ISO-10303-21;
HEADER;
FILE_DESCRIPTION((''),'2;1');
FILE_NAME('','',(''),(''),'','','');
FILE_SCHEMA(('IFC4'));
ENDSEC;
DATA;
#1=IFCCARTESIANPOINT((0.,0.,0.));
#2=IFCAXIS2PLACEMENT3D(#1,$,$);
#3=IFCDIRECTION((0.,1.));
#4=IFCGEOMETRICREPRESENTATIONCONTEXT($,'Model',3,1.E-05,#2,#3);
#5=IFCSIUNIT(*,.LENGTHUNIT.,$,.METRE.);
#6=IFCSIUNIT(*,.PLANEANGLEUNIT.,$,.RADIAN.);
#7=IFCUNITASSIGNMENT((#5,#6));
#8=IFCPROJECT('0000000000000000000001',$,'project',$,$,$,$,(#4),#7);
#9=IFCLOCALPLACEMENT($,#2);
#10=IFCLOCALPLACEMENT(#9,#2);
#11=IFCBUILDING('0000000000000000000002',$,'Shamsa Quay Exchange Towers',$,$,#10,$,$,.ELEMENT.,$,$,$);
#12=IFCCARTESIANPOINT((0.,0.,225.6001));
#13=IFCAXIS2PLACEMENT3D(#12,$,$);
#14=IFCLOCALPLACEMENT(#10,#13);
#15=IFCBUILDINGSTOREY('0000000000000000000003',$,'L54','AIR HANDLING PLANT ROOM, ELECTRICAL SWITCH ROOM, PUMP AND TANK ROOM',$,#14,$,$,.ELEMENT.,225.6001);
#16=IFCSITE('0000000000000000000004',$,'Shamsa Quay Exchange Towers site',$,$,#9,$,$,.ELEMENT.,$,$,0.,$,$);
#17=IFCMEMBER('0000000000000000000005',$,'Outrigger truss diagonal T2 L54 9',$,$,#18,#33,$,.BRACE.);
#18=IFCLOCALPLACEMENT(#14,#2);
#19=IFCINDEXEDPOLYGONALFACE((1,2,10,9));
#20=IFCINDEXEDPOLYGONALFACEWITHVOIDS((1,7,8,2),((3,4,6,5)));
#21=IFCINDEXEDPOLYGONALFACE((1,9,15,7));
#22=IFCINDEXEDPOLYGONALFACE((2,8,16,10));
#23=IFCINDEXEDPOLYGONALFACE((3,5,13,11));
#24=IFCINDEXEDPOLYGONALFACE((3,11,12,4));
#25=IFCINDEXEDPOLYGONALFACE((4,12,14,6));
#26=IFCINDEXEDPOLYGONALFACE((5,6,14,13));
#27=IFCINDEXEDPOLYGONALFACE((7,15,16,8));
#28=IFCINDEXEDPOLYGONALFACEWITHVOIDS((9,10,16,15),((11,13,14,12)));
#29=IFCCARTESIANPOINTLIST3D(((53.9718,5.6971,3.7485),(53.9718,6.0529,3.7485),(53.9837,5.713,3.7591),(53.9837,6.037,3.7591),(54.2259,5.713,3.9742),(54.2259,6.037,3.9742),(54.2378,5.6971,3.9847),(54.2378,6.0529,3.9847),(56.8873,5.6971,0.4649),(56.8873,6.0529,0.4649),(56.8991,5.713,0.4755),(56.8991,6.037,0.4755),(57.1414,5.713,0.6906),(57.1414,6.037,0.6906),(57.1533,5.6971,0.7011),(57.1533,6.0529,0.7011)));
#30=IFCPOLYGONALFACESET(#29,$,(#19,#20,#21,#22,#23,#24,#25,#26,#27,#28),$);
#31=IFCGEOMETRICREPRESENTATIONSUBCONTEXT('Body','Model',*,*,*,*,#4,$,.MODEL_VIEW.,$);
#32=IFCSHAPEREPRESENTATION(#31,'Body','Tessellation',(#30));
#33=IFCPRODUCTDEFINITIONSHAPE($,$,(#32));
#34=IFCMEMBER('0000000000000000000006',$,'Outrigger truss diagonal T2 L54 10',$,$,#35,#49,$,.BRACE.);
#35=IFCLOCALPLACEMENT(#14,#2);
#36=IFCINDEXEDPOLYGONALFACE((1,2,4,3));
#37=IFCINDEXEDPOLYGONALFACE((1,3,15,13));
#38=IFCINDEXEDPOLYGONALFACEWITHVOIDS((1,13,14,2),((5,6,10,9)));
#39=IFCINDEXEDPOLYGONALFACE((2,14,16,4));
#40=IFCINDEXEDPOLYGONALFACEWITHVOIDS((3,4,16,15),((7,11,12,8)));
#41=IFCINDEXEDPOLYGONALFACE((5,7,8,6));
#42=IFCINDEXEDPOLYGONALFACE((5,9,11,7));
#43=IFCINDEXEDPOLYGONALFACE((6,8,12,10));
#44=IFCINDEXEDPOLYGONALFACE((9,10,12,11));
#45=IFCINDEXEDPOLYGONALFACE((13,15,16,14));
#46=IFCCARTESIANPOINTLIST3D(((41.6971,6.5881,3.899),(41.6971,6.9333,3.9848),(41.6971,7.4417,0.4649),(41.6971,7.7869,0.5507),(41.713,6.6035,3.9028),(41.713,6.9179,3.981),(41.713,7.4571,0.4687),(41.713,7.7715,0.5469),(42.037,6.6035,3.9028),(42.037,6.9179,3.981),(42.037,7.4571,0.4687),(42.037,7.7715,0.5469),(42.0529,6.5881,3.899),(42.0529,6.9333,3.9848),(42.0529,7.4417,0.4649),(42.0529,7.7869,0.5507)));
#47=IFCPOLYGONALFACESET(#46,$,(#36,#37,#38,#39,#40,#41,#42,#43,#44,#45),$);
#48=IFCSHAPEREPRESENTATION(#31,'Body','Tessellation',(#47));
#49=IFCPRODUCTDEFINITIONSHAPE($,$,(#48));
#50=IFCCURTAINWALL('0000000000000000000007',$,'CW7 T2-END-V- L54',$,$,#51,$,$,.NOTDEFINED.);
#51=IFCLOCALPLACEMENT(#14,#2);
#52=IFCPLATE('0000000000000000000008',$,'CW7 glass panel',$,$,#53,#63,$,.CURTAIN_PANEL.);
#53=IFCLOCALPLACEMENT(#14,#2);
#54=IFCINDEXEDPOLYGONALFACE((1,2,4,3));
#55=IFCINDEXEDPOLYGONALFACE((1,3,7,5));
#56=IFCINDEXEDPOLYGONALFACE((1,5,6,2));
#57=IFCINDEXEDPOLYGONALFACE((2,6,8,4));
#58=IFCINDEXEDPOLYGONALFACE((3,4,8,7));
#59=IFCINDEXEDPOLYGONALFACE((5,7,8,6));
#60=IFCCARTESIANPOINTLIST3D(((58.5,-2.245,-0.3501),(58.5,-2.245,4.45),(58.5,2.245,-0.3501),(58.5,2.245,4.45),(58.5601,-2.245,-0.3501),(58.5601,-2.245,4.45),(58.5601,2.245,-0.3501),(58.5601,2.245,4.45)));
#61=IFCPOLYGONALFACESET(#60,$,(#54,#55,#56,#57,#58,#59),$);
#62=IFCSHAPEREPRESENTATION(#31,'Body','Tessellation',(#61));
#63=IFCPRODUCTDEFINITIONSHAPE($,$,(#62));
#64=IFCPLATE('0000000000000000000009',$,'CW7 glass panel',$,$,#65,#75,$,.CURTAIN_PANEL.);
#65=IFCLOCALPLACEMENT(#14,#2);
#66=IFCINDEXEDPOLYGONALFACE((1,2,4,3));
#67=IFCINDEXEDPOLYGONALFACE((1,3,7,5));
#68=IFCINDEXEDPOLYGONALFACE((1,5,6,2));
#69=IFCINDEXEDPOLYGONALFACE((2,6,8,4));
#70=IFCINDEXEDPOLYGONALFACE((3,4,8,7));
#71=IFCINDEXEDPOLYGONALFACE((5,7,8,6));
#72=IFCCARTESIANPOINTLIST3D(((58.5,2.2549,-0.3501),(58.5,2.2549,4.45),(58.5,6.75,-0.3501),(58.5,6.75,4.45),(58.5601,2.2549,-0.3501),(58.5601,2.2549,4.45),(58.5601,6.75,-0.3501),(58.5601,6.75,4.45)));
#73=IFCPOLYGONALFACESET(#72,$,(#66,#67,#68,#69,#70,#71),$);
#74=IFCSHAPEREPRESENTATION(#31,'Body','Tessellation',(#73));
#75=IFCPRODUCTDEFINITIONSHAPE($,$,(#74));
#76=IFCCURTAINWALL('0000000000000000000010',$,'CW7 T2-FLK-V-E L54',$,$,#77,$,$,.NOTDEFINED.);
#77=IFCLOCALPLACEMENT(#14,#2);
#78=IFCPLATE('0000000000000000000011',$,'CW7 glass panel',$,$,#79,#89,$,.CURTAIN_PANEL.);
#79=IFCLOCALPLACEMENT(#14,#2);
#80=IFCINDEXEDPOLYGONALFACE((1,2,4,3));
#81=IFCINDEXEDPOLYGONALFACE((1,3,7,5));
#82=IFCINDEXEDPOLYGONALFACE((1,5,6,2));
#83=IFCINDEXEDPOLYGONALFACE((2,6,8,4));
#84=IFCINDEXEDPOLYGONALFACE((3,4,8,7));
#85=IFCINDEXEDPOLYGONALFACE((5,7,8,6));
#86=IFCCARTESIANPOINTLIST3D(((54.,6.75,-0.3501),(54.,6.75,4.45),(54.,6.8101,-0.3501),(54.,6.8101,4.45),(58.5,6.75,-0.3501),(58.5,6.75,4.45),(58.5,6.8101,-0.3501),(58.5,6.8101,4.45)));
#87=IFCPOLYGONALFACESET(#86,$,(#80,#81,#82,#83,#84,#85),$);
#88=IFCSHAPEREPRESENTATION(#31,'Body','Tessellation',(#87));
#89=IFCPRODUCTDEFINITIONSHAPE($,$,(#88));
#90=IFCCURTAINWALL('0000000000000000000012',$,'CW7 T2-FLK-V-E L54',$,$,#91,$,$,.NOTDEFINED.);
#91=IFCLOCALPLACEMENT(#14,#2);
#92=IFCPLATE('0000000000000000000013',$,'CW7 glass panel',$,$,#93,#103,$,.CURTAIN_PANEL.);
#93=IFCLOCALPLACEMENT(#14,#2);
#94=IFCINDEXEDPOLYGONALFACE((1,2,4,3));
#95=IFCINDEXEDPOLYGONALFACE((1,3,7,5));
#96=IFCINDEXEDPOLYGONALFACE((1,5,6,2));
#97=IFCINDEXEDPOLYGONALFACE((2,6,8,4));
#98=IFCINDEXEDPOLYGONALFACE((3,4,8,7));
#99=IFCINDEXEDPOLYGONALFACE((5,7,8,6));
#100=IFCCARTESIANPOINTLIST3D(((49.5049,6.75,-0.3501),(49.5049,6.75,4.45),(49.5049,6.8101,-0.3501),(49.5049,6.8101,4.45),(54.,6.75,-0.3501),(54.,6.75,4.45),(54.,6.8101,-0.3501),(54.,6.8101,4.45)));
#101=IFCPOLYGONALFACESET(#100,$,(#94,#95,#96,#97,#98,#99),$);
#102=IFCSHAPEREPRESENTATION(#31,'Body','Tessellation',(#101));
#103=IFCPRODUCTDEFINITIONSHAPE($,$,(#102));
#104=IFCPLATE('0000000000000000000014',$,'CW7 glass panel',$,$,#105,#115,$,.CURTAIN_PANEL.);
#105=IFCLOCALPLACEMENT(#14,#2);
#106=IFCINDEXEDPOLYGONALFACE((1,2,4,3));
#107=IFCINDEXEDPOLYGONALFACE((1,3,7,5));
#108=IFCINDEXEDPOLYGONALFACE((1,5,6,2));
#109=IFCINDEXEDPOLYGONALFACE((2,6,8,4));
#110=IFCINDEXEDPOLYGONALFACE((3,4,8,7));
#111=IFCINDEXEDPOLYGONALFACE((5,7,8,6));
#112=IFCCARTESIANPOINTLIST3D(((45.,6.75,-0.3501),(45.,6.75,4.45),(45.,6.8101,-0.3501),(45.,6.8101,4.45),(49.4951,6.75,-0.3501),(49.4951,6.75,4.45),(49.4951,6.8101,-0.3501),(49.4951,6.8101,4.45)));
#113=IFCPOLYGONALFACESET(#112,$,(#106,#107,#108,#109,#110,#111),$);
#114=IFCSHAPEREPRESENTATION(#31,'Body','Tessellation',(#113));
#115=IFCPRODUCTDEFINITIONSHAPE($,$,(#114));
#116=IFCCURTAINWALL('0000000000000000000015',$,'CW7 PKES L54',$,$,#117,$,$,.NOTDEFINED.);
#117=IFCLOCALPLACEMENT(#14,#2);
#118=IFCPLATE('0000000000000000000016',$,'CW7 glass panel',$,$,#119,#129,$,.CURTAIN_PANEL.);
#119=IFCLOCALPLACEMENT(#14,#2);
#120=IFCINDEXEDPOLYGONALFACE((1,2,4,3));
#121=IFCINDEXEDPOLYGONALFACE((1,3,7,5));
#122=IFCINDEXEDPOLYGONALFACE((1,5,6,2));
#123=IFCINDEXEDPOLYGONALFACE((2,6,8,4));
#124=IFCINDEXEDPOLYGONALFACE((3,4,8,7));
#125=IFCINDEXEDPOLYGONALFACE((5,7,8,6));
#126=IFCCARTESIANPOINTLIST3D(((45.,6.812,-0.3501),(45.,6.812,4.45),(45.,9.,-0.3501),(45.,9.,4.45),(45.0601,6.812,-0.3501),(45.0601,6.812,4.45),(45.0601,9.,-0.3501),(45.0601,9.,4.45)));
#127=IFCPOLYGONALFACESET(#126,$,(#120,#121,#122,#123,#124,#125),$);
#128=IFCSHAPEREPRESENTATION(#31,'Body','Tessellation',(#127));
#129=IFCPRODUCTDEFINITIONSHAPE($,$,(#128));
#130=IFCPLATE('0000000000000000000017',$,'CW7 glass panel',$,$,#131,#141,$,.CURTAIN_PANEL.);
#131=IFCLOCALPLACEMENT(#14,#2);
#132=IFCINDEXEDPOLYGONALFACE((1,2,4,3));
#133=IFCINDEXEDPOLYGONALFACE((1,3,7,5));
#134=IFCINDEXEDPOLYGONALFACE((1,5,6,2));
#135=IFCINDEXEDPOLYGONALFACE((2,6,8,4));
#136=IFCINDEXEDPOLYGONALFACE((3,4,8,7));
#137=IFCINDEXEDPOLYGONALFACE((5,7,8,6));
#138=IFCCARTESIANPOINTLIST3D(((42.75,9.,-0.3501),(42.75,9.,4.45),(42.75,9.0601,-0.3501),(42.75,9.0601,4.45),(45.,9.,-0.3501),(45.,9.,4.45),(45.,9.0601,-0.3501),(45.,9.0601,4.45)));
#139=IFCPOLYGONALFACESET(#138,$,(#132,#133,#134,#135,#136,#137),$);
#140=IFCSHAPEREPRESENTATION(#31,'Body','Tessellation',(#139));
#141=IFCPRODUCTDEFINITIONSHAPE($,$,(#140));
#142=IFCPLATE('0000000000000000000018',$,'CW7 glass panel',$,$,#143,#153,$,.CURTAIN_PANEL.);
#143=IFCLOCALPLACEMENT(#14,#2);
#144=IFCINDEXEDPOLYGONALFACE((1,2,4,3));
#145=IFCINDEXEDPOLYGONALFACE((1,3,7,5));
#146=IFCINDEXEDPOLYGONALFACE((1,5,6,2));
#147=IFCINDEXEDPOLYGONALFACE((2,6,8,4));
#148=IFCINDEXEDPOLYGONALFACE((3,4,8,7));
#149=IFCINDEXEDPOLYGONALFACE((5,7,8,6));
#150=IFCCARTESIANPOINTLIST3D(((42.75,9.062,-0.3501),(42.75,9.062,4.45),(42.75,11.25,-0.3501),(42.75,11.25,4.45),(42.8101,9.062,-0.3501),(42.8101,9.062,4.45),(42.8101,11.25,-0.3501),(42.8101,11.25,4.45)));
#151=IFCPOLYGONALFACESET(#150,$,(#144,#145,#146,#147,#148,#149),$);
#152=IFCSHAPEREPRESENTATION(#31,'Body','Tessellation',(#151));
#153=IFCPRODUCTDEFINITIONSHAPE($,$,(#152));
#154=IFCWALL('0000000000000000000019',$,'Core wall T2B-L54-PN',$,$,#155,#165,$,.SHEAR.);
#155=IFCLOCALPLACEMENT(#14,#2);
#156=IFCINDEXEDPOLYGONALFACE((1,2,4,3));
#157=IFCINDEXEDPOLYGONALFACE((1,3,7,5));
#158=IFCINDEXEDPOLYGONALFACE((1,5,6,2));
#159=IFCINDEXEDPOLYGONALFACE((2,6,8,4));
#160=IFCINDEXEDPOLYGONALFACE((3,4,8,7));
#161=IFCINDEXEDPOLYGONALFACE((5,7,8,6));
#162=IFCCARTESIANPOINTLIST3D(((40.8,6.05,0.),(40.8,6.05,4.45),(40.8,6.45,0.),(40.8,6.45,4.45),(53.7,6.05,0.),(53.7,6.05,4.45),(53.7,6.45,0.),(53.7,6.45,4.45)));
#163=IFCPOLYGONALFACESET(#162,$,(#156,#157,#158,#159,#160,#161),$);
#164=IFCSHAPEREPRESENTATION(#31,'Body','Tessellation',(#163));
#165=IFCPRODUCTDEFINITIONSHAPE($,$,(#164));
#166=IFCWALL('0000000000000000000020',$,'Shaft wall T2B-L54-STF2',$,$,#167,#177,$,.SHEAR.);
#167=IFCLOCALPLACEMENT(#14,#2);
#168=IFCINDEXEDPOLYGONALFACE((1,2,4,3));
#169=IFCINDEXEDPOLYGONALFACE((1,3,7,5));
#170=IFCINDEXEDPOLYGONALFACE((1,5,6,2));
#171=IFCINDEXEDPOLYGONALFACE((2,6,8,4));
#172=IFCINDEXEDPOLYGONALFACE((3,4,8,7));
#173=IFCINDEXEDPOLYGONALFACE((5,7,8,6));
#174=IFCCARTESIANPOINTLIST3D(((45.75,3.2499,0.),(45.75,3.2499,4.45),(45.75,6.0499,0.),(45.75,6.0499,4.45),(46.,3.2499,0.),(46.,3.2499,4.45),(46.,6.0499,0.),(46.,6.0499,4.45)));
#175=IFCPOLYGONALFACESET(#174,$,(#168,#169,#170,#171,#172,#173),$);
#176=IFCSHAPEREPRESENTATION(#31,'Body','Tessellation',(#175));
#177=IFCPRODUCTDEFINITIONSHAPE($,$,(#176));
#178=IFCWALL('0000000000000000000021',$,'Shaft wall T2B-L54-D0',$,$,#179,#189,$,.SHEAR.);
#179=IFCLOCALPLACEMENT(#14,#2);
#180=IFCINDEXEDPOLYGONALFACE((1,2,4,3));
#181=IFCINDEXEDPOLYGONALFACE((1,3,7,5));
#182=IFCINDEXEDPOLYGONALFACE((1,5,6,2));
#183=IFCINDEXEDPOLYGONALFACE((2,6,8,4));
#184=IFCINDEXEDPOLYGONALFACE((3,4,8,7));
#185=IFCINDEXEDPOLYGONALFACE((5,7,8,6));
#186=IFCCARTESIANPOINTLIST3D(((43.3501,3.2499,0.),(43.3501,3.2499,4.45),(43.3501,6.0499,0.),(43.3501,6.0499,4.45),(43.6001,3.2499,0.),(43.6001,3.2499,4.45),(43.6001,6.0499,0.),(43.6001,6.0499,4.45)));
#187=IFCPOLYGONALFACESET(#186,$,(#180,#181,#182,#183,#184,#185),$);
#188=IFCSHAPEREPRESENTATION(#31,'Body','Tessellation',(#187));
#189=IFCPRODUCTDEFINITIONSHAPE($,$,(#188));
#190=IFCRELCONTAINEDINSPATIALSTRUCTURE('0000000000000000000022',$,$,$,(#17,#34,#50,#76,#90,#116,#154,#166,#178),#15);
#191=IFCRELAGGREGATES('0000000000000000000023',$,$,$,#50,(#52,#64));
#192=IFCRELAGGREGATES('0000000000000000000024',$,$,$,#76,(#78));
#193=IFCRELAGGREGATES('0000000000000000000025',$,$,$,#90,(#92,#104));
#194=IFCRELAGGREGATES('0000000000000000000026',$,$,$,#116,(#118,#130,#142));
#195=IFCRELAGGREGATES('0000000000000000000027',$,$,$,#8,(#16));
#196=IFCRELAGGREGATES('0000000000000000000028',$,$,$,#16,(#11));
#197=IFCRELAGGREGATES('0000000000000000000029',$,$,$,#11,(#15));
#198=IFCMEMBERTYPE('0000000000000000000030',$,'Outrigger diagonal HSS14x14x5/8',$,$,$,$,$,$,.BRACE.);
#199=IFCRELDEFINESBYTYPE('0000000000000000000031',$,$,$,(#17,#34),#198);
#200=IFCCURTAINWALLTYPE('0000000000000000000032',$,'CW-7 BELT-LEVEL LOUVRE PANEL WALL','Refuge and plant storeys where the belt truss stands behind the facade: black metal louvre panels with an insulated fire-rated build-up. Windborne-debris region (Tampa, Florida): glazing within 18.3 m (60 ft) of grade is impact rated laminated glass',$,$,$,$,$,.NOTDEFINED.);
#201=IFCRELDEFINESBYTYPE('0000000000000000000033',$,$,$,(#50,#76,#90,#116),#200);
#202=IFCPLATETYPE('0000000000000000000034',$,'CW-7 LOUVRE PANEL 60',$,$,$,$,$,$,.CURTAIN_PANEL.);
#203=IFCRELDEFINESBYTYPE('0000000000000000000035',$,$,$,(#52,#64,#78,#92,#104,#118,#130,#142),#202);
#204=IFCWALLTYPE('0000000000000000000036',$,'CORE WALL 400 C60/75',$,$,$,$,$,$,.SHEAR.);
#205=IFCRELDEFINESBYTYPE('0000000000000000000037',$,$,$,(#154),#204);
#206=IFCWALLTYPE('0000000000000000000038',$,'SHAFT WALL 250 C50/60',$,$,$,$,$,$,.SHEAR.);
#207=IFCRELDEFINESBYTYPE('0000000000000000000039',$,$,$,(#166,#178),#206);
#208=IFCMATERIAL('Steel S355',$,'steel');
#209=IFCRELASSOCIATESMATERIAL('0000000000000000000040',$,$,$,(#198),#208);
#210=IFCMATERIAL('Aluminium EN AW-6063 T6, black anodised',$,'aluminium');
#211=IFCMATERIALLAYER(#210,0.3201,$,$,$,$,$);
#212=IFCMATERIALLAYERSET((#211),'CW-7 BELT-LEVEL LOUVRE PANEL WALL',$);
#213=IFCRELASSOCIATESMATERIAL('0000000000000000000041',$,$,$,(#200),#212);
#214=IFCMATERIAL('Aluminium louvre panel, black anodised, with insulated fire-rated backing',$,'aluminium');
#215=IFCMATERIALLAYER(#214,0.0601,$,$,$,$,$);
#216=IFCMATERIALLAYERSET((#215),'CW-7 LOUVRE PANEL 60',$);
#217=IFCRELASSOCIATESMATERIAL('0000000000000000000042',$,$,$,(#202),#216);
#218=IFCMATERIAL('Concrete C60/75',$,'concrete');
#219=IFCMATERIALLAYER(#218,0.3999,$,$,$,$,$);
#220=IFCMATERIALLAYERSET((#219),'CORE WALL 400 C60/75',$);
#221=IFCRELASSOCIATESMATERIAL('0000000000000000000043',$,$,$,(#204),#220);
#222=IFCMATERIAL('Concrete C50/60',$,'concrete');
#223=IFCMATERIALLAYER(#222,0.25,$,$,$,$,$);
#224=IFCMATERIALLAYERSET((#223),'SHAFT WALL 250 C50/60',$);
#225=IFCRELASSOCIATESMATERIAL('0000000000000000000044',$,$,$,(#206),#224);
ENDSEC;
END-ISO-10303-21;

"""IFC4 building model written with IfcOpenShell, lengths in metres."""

from ifc_helpers import new_model, si_unit, direction, frame, frame_2d, origin, origin_2d, place, context, subcontext, project, spatial, rectangle, hollow_rectangle, extrude, material, layer, layer_set, material_profile, profile_set, type_object, element, aggregate, save


model = new_model("IFC4")

# Units and contexts
model_context = context("Model", 3, precision=1e-05, world=origin(), true_north=direction((0.0, 1.0)))
body_context = subcontext(model_context, "Body", "Model", "MODEL_VIEW")
ifc_project = project(units=[si_unit("LENGTHUNIT", "METRE"), si_unit("PLANEANGLEUNIT", "RADIAN")], contexts=[model_context])

# Site, building, storey
site_placement = place(None, origin())
site = spatial("IfcSite", under=ifc_project, at=site_placement, Name="Shamsa Quay Exchange Towers site", CompositionType="ELEMENT", RefElevation=0.0)
building_placement = place(site_placement, origin())
building = spatial("IfcBuilding", under=site, at=building_placement, Name="Shamsa Quay Exchange Towers", CompositionType="ELEMENT")
storey_placement = place(building_placement, frame((0.0, 0.0, 225.6001)))
storey = spatial("IfcBuildingStorey", under=building, at=storey_placement, Name="L54", Description="AIR HANDLING PLANT ROOM, ELECTRICAL SWITCH ROOM, PUMP AND TANK ROOM", CompositionType="ELEMENT", Elevation=225.6001)

# Members
ifc_material_1 = material(Name="Steel S355", Category="steel")
ifc_material_profile_1 = material_profile(ifc_material_1, hollow_rectangle(XDim=0.3557, YDim=0.3557, WallThickness=0.0159, at=origin_2d()), Name="HSS14x14x5/8")
ifc_profile_set_1 = profile_set([ifc_material_profile_1], Name="Steel S355")
member_type_1 = type_object("IfcMemberType", Name="Outrigger diagonal HSS14x14x5/8", PredefinedType="BRACE", material=ifc_profile_set_1)
member_1_placement = place(storey_placement, frame((57.0203, 5.875, 0.583), z_axis=(-0.663943, 0.0, 0.747783), x_axis=(0.0, -1.0, 0.0)))
element("IfcMember", 1, at=member_1_placement, inside=storey, type_object=member_type_1, Name="Outrigger truss diagonal T2 L54 9", PredefinedType="BRACE", context=body_context, shape_type="SweptSolid", body=[
    extrude(hollow_rectangle(XDim=0.3557, YDim=0.3557, WallThickness=0.0159, at=origin_2d()), origin(), (0.0, 0.0, 1.0), 4.3911),
])
member_2_placement = place(storey_placement, frame((41.875, 7.6143, 0.5078), z_axis=(0.0, -0.241204, 0.970474), x_axis=(1.0, 0.0, 0.0)))
element("IfcMember", 2, at=member_2_placement, inside=storey, type_object=member_type_1, Name="Outrigger truss diagonal T2 L54 10", PredefinedType="BRACE", context=body_context, shape_type="SweptSolid", body=[
    extrude(hollow_rectangle(XDim=0.3557, YDim=0.3557, WallThickness=0.0159, at=origin_2d()), origin(), (0.0, 0.0, 1.0), 3.5386),
])

# Curtain wall, plates
ifc_material_2 = material(Name="Aluminium EN AW-6063 T6, black anodised", Category="aluminium")
ifc_layer_1 = layer(ifc_material_2, 0.3201)
ifc_layer_set_1 = layer_set([ifc_layer_1], Name="CW-7 BELT-LEVEL LOUVRE PANEL WALL")
curtain_wall_type = type_object("IfcCurtainWallType", Name="CW-7 BELT-LEVEL LOUVRE PANEL WALL", Description="Refuge and plant storeys where the belt truss stands behind the facade: black metal louvre panels with an insulated fire-rated build-up. Windborne-debris region (Tampa, Florida): glazing within 18.3 m (60 ft) of grade is impact rated laminated glass", PredefinedType="NOTDEFINED", material=ifc_layer_set_1)
curtain_wall_1_placement = place(storey_placement, origin())
curtain_wall_1 = element("IfcCurtainWall", 3, at=curtain_wall_1_placement, inside=storey, type_object=curtain_wall_type, Name="CW7 T2-END-V- L54", PredefinedType="NOTDEFINED")
ifc_material_3 = material(Name="Aluminium louvre panel, black anodised, with insulated fire-rated backing", Category="aluminium")
ifc_layer_2 = layer(ifc_material_3, 0.0601)
ifc_layer_set_2 = layer_set([ifc_layer_2], Name="CW-7 LOUVRE PANEL 60")
plate_type = type_object("IfcPlateType", Name="CW-7 LOUVRE PANEL 60", PredefinedType="CURTAIN_PANEL", material=ifc_layer_set_2)
plate_1_placement = place(storey_placement, frame((58.53, 0.0, -0.3501), z_axis=(0.0, 0.0, 1.0), x_axis=(0.0, 1.0, 0.0)))
plate_1 = element("IfcPlate", 4, at=plate_1_placement, type_object=plate_type, Name="CW7 glass panel", PredefinedType="CURTAIN_PANEL", context=body_context, shape_type="SweptSolid", body=[
    extrude(rectangle(XDim=4.49, YDim=0.0601, at=origin_2d()), origin(), (0.0, 0.0, 1.0), 4.8),
])
plate_2_placement = place(storey_placement, frame((58.53, 4.5024, -0.3501), z_axis=(0.0, 0.0, 1.0), x_axis=(0.0, 1.0, 0.0)))
plate_2 = element("IfcPlate", 5, at=plate_2_placement, type_object=plate_type, Name="CW7 glass panel", PredefinedType="CURTAIN_PANEL", context=body_context, shape_type="SweptSolid", body=[
    extrude(rectangle(XDim=4.4951, YDim=0.0601, at=origin_2d()), origin(), (0.0, 0.0, 1.0), 4.8),
])
aggregate(curtain_wall_1, [plate_1, plate_2])

# Curtain wall, plate
curtain_wall_2_placement = place(storey_placement, origin())
curtain_wall_2 = element("IfcCurtainWall", 6, at=curtain_wall_2_placement, inside=storey, type_object=curtain_wall_type, Name="CW7 T2-FLK-V-E L54", PredefinedType="NOTDEFINED")
plate_3_placement = place(storey_placement, frame((56.25, 6.78, -0.3501), z_axis=(0.0, 0.0, 1.0), x_axis=(-1.0, 0.0, 0.0)))
plate_3 = element("IfcPlate", 7, at=plate_3_placement, type_object=plate_type, Name="CW7 glass panel", PredefinedType="CURTAIN_PANEL", context=body_context, shape_type="SweptSolid", body=[
    extrude(rectangle(XDim=4.5, YDim=0.0601, at=origin_2d()), origin(), (0.0, 0.0, 1.0), 4.8),
])
aggregate(curtain_wall_2, [plate_3])

# Curtain walls, plates
curtain_wall_3_placement = place(storey_placement, origin())
curtain_wall_3 = element("IfcCurtainWall", 8, at=curtain_wall_3_placement, inside=storey, type_object=curtain_wall_type, Name="CW7 T2-FLK-V-E L54", PredefinedType="NOTDEFINED")
plate_4_placement = place(storey_placement, frame((51.7524, 6.78, -0.3501), z_axis=(0.0, 0.0, 1.0), x_axis=(-1.0, 0.0, 0.0)))
plate_4 = element("IfcPlate", 9, at=plate_4_placement, type_object=plate_type, Name="CW7 glass panel", PredefinedType="CURTAIN_PANEL", context=body_context, shape_type="SweptSolid", body=[
    extrude(rectangle(XDim=4.4951, YDim=0.0601, at=origin_2d()), origin(), (0.0, 0.0, 1.0), 4.8),
])
plate_5_placement = place(storey_placement, frame((47.2476, 6.78, -0.3501), z_axis=(0.0, 0.0, 1.0), x_axis=(-1.0, 0.0, 0.0)))
plate_5 = element("IfcPlate", 10, at=plate_5_placement, type_object=plate_type, Name="CW7 glass panel", PredefinedType="CURTAIN_PANEL", context=body_context, shape_type="SweptSolid", body=[
    extrude(rectangle(XDim=4.4951, YDim=0.0601, at=origin_2d()), origin(), (0.0, 0.0, 1.0), 4.8),
])
aggregate(curtain_wall_3, [plate_4, plate_5])
curtain_wall_4_placement = place(storey_placement, origin())
curtain_wall_4 = element("IfcCurtainWall", 11, at=curtain_wall_4_placement, inside=storey, type_object=curtain_wall_type, Name="CW7 PKES L54", PredefinedType="NOTDEFINED")
plate_6_placement = place(storey_placement, frame((45.03, 7.906, -0.3501), z_axis=(0.0, 0.0, 1.0), x_axis=(0.0, 1.0, 0.0)))
plate_6 = element("IfcPlate", 12, at=plate_6_placement, type_object=plate_type, Name="CW7 glass panel", PredefinedType="CURTAIN_PANEL", context=body_context, shape_type="SweptSolid", body=[
    extrude(rectangle(XDim=2.188, YDim=0.0601, at=origin_2d()), origin(), (0.0, 0.0, 1.0), 4.8),
])
plate_7_placement = place(storey_placement, frame((43.875, 9.03, -0.3501), z_axis=(0.0, 0.0, 1.0), x_axis=(-1.0, 0.0, 0.0)))
plate_7 = element("IfcPlate", 13, at=plate_7_placement, type_object=plate_type, Name="CW7 glass panel", PredefinedType="CURTAIN_PANEL", context=body_context, shape_type="SweptSolid", body=[
    extrude(rectangle(XDim=2.25, YDim=0.0601, at=origin_2d()), origin(), (0.0, 0.0, 1.0), 4.8),
])
plate_8_placement = place(storey_placement, frame((42.78, 10.156, -0.3501), z_axis=(0.0, 0.0, 1.0), x_axis=(0.0, 1.0, 0.0)))
plate_8 = element("IfcPlate", 14, at=plate_8_placement, type_object=plate_type, Name="CW7 glass panel", PredefinedType="CURTAIN_PANEL", context=body_context, shape_type="SweptSolid", body=[
    extrude(rectangle(XDim=2.188, YDim=0.0601, at=origin_2d()), origin(), (0.0, 0.0, 1.0), 4.8),
])
aggregate(curtain_wall_4, [plate_6, plate_7, plate_8])

# Walls
ifc_material_4 = material(Name="Concrete C60/75", Category="concrete")
ifc_layer_3 = layer(ifc_material_4, 0.3999)
ifc_layer_set_3 = layer_set([ifc_layer_3], Name="CORE WALL 400 C60/75")
wall_type_1 = type_object("IfcWallType", Name="CORE WALL 400 C60/75", PredefinedType="SHEAR", material=ifc_layer_set_3)
wall_1_placement = place(storey_placement, frame((53.7, 6.25, 0.0), z_axis=(0.0, 0.0, 1.0), x_axis=(-1.0, 0.0, 0.0)))
element("IfcWall", 15, at=wall_1_placement, inside=storey, type_object=wall_type_1, Name="Core wall T2B-L54-PN", PredefinedType="SHEAR", context=body_context, shape_type="SweptSolid", body=[
    extrude(rectangle(XDim=12.8999, YDim=0.3999, at=frame_2d((6.45, 0.0))), origin(), (0.0, 0.0, 1.0), 4.45),
])
ifc_material_5 = material(Name="Concrete C50/60", Category="concrete")
ifc_layer_4 = layer(ifc_material_5, 0.25)
ifc_layer_set_4 = layer_set([ifc_layer_4], Name="SHAFT WALL 250 C50/60")
wall_type_2 = type_object("IfcWallType", Name="SHAFT WALL 250 C50/60", PredefinedType="SHEAR", material=ifc_layer_set_4)
for number, where, z_axis, x_axis, name in (
    (16, (45.875, 3.25, 0.0), (0.0, 0.0, 1.0), (0.0, 1.0, 0.0), "Shaft wall T2B-L54-STF2"),
    (17, (43.4751, 3.25, 0.0), (0.0, 0.0, 1.0), (0.0, 1.0, 0.0), "Shaft wall T2B-L54-D0"),
):
    element("IfcWall", number, at=place(storey_placement, frame(where, z_axis=z_axis, x_axis=x_axis)), inside=storey, type_object=wall_type_2, Name=name, PredefinedType="SHEAR", context=body_context, shape_type="SweptSolid", body=[
        extrude(rectangle(XDim=2.8, YDim=0.25, at=frame_2d((1.3999, 0.0))), origin(), (0.0, 0.0, 1.0), 4.45),
    ])

save(model, "model.ifc")
